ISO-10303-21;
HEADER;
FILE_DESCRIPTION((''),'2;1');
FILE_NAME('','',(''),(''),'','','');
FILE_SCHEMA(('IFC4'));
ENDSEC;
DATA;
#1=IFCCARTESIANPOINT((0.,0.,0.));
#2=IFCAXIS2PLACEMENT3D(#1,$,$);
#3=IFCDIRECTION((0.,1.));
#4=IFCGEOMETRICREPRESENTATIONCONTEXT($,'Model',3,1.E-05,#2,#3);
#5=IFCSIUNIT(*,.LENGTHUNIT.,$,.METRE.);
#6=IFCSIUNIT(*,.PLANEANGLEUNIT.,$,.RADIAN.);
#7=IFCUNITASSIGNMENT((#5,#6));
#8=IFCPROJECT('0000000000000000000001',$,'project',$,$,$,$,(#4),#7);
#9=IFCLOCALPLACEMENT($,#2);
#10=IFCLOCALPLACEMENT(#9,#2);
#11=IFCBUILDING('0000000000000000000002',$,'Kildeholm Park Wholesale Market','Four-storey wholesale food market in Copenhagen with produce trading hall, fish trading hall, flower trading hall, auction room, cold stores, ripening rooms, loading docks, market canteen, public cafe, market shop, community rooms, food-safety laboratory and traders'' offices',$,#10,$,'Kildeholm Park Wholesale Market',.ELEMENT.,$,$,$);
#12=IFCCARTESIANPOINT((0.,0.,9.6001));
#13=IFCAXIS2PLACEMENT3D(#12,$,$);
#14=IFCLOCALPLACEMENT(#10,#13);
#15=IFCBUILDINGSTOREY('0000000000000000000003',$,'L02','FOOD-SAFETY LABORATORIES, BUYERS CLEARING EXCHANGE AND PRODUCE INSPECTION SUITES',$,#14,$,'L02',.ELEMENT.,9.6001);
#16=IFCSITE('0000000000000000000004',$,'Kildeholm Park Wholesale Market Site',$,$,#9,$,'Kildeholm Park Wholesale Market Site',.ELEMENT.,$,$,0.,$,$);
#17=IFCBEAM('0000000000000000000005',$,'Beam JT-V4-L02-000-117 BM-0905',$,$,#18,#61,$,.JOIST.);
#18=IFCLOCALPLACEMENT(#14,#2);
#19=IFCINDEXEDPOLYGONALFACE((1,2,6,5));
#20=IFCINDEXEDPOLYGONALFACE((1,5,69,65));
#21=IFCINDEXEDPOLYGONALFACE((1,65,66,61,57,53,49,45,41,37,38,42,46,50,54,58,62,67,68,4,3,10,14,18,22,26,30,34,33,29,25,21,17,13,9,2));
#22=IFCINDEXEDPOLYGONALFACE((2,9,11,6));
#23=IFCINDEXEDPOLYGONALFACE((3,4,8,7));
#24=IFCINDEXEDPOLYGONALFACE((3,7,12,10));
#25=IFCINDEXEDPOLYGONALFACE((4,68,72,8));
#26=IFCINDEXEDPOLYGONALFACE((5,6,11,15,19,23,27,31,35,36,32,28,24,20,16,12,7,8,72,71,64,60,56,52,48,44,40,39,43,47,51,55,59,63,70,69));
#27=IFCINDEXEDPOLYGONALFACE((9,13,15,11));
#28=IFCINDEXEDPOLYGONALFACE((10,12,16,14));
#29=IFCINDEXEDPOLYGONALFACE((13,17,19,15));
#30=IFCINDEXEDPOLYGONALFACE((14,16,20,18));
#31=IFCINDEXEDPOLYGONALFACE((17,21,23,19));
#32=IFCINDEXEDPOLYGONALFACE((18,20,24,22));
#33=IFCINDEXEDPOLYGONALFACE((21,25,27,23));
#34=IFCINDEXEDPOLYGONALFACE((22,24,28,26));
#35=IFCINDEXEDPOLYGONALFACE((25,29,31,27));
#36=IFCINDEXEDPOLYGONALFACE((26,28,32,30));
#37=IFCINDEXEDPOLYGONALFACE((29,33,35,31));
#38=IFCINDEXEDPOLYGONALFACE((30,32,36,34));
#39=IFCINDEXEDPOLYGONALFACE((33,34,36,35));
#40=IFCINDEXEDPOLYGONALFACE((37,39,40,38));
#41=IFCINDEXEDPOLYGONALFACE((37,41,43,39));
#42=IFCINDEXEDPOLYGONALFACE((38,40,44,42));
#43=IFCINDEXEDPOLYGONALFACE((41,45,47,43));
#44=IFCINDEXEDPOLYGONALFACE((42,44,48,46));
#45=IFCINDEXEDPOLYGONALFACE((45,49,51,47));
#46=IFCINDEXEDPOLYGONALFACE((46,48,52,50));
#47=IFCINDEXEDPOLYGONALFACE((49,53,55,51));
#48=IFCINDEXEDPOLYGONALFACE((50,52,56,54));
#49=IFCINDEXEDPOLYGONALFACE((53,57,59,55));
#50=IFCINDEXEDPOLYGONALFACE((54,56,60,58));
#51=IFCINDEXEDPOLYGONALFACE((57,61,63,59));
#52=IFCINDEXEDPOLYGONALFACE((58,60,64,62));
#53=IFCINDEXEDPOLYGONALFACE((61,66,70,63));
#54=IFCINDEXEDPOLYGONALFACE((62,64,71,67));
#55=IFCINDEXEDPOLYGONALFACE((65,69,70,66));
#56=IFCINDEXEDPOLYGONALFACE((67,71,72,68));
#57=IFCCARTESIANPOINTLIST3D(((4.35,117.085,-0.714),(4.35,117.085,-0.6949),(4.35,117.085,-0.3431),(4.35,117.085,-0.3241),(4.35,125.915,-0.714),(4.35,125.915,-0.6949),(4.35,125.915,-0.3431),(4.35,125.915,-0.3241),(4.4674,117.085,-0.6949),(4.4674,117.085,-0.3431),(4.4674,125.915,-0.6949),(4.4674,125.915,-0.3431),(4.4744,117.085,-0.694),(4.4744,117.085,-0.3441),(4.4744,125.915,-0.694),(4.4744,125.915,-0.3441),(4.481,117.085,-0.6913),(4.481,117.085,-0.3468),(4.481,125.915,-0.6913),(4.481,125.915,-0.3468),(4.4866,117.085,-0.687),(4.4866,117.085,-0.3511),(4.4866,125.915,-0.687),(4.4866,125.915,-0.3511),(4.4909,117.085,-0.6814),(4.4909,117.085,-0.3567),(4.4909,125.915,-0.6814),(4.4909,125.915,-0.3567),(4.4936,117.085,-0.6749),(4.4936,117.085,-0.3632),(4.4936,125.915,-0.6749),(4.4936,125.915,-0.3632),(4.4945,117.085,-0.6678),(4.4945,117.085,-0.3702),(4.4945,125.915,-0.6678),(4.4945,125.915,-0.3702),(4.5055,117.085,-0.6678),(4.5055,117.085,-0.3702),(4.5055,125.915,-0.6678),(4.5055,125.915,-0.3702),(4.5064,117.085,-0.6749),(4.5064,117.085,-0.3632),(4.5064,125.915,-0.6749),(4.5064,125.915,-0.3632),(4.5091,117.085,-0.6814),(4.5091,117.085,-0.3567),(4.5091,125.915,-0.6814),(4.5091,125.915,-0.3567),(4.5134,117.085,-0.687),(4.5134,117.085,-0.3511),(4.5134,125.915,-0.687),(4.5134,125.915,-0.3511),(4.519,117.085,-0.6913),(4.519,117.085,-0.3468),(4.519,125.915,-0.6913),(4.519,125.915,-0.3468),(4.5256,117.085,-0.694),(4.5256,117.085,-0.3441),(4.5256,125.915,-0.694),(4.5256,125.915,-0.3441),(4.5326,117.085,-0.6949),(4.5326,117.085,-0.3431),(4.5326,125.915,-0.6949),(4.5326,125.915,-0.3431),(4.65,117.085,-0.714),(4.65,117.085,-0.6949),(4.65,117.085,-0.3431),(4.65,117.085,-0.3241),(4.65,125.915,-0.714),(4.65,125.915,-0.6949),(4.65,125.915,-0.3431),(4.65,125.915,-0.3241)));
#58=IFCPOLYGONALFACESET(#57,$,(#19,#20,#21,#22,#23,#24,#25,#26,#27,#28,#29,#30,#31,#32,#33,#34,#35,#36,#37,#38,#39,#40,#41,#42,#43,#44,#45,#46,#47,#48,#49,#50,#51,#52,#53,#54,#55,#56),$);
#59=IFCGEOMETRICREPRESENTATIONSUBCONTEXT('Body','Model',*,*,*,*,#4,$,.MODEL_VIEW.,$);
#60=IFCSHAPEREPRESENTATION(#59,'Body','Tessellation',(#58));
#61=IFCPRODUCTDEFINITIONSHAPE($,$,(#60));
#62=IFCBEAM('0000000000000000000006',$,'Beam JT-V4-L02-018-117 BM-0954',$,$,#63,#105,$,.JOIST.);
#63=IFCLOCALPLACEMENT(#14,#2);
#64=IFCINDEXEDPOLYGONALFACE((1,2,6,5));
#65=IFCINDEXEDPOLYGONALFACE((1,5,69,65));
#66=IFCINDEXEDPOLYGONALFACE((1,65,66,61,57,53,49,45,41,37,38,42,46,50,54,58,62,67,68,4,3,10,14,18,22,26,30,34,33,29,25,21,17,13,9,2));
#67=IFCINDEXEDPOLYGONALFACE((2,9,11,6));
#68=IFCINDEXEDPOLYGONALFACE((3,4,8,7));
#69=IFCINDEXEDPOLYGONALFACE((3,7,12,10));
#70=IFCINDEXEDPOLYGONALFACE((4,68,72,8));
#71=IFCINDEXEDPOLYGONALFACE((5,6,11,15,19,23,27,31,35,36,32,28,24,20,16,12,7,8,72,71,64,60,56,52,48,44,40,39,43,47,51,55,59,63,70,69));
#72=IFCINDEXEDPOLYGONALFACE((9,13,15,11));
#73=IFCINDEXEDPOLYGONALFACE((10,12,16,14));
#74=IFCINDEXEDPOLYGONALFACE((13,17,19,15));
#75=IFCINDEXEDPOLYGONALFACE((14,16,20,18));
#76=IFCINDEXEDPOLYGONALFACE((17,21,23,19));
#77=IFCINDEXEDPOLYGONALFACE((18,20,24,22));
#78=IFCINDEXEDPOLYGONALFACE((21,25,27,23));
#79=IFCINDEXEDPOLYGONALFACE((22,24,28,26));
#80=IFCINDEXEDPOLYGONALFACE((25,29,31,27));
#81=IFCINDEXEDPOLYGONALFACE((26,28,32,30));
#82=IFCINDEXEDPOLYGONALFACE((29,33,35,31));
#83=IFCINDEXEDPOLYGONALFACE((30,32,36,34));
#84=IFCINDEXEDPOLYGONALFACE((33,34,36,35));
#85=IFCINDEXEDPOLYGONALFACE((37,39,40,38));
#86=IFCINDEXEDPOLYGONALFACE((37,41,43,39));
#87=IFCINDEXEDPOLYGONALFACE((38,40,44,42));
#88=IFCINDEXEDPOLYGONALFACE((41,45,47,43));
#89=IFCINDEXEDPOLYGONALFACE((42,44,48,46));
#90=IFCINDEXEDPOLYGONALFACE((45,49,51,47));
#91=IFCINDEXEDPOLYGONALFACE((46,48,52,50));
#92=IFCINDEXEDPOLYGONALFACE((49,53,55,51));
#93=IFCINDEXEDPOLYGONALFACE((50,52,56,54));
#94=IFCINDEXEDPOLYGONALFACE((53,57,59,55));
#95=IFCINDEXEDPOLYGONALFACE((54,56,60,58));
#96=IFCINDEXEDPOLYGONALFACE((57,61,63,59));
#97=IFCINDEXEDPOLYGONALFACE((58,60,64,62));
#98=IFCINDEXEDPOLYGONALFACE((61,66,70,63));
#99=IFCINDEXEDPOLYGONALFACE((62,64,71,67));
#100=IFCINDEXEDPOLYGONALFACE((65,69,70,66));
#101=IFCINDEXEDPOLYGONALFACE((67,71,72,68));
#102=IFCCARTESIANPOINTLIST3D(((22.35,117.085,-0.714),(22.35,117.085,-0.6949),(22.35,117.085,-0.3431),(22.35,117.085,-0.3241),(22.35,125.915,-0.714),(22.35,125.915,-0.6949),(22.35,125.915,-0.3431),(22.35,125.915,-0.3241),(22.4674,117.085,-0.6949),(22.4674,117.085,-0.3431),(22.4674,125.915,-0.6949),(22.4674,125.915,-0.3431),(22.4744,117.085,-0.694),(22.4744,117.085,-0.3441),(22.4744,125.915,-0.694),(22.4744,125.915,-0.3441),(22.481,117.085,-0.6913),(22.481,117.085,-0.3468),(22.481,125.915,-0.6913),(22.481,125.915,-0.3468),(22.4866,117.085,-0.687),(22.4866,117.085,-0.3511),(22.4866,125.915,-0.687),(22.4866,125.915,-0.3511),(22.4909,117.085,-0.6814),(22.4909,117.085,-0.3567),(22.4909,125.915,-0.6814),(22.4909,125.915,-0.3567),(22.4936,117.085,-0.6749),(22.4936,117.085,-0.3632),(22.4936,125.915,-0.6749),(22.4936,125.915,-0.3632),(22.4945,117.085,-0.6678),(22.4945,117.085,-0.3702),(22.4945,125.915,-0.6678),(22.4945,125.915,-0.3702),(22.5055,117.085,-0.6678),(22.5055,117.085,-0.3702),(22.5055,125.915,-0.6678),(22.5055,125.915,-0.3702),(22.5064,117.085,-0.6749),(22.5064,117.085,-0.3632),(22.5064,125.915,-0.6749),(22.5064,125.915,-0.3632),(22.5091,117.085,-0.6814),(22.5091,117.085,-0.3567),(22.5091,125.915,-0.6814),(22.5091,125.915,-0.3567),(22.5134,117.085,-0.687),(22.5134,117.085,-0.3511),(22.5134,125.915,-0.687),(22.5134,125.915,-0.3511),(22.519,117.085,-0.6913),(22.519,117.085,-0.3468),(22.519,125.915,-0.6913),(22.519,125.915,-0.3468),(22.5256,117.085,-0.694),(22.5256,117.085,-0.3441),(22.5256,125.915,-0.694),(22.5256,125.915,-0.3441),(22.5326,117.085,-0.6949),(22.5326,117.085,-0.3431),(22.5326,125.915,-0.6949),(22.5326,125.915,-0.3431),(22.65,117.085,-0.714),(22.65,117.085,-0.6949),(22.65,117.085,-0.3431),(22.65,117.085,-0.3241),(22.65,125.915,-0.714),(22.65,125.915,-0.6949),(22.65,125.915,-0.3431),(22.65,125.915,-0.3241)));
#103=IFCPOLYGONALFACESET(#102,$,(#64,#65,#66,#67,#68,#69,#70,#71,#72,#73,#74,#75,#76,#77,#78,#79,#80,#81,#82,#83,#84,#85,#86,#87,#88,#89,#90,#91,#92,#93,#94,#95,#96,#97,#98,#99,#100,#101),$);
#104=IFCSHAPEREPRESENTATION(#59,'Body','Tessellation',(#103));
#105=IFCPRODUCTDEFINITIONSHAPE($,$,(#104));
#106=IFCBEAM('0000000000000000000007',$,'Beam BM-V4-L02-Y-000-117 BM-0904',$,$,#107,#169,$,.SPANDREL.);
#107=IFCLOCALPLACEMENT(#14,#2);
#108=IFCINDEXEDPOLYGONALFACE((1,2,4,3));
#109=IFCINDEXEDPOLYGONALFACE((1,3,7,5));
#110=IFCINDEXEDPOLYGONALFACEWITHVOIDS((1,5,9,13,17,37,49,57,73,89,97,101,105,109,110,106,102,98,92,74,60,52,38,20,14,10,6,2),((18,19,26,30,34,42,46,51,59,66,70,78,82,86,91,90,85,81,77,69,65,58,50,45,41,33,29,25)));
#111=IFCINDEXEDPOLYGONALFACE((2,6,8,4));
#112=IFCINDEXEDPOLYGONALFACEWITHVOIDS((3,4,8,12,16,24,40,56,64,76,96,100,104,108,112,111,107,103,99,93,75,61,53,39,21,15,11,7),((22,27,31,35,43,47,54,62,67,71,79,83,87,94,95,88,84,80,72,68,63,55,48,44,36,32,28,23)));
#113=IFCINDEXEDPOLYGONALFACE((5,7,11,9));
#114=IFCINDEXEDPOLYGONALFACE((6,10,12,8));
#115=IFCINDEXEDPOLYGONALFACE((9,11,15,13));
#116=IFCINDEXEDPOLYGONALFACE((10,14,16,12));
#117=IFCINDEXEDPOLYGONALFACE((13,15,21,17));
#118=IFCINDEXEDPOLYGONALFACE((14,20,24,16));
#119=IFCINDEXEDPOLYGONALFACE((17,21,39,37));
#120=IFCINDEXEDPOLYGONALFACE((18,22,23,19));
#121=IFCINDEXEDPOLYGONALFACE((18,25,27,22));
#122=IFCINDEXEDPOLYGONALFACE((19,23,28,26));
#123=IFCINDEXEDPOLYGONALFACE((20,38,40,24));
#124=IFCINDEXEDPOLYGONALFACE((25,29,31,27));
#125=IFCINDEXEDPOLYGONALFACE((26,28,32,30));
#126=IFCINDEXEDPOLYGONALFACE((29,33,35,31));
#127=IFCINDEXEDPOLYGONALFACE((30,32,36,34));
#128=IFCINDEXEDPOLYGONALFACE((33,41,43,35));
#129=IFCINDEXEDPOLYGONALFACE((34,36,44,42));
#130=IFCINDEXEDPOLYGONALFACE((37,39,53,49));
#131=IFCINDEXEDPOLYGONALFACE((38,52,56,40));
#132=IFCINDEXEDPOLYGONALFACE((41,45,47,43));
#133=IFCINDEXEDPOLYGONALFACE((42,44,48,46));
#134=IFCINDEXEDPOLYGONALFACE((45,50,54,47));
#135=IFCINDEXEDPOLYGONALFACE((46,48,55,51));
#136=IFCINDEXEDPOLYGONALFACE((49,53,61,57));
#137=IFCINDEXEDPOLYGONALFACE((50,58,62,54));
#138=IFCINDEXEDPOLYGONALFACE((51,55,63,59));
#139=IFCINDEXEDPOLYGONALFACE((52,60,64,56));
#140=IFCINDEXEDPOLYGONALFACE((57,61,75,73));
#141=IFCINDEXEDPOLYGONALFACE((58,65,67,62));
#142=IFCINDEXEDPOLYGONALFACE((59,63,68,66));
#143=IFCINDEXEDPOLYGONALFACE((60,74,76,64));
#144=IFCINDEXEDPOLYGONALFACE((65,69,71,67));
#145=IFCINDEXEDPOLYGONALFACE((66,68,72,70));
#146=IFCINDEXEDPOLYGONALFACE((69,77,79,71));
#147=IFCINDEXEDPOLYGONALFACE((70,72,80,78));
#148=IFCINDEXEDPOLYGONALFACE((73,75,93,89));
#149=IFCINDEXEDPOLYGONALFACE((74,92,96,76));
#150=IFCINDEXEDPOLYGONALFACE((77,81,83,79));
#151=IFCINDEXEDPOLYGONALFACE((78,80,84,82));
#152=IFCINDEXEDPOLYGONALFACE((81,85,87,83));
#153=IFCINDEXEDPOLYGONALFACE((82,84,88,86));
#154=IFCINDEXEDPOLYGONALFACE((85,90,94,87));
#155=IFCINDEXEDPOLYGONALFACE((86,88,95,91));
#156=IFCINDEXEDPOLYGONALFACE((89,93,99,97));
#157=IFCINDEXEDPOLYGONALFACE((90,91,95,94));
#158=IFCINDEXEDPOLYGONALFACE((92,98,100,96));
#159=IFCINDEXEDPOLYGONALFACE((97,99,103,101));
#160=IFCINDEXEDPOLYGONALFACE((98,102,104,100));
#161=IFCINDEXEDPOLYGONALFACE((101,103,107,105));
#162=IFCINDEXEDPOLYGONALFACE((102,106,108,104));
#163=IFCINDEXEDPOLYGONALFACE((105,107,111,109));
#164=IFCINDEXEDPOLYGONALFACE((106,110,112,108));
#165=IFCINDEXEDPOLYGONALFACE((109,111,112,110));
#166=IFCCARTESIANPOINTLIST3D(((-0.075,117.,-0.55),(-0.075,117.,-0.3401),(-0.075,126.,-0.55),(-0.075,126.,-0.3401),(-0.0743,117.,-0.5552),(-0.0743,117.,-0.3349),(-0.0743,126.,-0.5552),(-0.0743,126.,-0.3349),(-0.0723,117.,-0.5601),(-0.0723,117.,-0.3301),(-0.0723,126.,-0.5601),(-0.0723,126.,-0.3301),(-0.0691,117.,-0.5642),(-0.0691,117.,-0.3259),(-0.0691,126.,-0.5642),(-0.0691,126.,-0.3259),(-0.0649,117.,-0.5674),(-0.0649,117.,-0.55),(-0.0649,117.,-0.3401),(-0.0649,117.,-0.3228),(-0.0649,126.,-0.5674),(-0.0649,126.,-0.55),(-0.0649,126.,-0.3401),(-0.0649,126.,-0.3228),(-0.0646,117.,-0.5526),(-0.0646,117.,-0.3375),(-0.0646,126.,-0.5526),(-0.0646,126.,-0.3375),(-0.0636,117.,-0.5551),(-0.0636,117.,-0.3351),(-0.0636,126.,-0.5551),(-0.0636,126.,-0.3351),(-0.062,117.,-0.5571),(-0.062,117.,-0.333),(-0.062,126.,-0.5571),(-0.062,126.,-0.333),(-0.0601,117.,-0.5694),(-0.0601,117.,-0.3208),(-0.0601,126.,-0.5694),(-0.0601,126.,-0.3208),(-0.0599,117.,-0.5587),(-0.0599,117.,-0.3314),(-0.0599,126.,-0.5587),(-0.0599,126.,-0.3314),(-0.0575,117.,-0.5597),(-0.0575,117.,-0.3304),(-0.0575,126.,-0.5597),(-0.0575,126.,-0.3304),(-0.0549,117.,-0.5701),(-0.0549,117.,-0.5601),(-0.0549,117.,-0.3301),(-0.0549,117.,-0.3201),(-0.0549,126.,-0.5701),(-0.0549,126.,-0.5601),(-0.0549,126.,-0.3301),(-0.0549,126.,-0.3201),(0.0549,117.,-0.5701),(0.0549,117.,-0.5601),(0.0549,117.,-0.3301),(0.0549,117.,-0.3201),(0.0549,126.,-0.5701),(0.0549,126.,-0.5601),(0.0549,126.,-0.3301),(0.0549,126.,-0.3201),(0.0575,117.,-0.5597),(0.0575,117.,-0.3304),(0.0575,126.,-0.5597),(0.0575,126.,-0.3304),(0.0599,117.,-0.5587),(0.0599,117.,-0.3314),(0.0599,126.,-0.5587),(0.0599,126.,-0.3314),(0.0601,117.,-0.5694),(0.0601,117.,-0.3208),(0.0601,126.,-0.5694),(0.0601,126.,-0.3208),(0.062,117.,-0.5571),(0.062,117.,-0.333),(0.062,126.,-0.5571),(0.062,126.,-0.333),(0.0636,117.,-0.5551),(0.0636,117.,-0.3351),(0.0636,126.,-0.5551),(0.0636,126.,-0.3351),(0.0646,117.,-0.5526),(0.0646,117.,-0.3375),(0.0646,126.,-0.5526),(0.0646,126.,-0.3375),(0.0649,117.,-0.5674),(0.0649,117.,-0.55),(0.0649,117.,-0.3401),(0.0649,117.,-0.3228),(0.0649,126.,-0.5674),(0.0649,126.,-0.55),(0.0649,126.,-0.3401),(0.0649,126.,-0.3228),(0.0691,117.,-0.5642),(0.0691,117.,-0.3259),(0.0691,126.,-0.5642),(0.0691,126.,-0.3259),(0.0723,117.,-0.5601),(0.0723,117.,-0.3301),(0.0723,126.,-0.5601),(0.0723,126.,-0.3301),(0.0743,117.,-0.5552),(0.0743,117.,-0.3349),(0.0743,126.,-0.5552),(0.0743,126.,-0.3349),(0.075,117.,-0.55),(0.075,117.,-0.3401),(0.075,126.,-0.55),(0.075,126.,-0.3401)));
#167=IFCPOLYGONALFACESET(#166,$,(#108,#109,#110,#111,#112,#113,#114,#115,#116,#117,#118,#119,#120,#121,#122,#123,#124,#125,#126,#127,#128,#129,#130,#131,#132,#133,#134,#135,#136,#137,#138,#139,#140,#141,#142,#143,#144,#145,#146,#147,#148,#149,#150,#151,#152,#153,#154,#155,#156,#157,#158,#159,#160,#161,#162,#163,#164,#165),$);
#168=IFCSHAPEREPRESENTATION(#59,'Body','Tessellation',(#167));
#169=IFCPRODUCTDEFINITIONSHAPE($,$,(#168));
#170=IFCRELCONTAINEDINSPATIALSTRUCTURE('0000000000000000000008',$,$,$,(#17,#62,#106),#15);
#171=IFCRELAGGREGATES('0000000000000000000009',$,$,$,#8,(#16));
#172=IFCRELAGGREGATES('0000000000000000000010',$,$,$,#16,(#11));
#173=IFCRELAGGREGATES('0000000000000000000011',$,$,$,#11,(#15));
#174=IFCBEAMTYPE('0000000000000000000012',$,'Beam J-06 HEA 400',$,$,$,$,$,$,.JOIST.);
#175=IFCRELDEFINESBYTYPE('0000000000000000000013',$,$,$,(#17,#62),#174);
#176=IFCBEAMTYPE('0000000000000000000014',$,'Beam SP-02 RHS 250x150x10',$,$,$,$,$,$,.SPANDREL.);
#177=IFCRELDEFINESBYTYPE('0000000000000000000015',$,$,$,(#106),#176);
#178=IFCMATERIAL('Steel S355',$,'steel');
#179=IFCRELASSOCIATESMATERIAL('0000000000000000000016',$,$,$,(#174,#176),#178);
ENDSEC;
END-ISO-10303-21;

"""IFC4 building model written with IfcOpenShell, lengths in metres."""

from ifc_helpers import new_model, si_unit, direction, frame, origin, origin_2d, place, context, subcontext, project, spatial, hollow_rectangle, i_section, extrude, material, material_profile, profile_set, type_object, element, save


model = new_model("IFC4")

# Units and contexts
model_context = context("Model", 3, precision=1e-05, world=origin(), true_north=direction((0.0, 1.0)))
body_context = subcontext(model_context, "Body", "Model", "MODEL_VIEW")
ifc_project = project(units=[si_unit("LENGTHUNIT", "METRE"), si_unit("PLANEANGLEUNIT", "RADIAN")], contexts=[model_context])

# Site, building, storey
site_placement = place(None, origin())
site = spatial("IfcSite", under=ifc_project, at=site_placement, Name="Kildeholm Park Wholesale Market Site", LongName="Kildeholm Park Wholesale Market Site", CompositionType="ELEMENT", RefElevation=0.0)
building_placement = place(site_placement, origin())
building = spatial("IfcBuilding", under=site, at=building_placement, Name="Kildeholm Park Wholesale Market", Description="Four-storey wholesale food market in Copenhagen with produce trading hall, fish trading hall, flower trading hall, auction room, cold stores, ripening rooms, loading docks, market canteen, public cafe, market shop, community rooms, food-safety laboratory and traders' offices", LongName="Kildeholm Park Wholesale Market", CompositionType="ELEMENT")
storey_placement = place(building_placement, frame((0.0, 0.0, 9.6001)))
storey = spatial("IfcBuildingStorey", under=building, at=storey_placement, Name="L02", Description="FOOD-SAFETY LABORATORIES, BUYERS CLEARING EXCHANGE AND PRODUCE INSPECTION SUITES", LongName="L02", CompositionType="ELEMENT", Elevation=9.6001)

# Beams
ifc_material_1 = material(Name="Steel S355", Category="steel")
ifc_material_profile_1 = material_profile(ifc_material_1, i_section(OverallWidth=0.3, OverallDepth=0.3899, WebThickness=0.011, FlangeThickness=0.019, FilletRadius=0.0271, at=origin_2d()), Name="HEA 400")
ifc_profile_set_1 = profile_set([ifc_material_profile_1], Name="Steel S355")
beam_type_1 = type_object("IfcBeamType", Name="Beam J-06 HEA 400", PredefinedType="JOIST", material=ifc_profile_set_1)
for number, where, z_axis, x_axis, name in (
    (1, (4.5, 117.085, -0.519), (0.0, 1.0, 0.0), (-1.0, 0.0, 0.0), "Beam JT-V4-L02-000-117 BM-0905"),
    (2, (22.5, 117.085, -0.519), (0.0, 1.0, 0.0), (-1.0, 0.0, 0.0), "Beam JT-V4-L02-018-117 BM-0954"),
):
    element("IfcBeam", number, at=place(storey_placement, frame(where, z_axis=z_axis, x_axis=x_axis)), inside=storey, type_object=beam_type_1, Name=name, PredefinedType="JOIST", context=body_context, shape_type="SweptSolid", body=[
        extrude(i_section(OverallWidth=0.3, OverallDepth=0.3899, WebThickness=0.011, FlangeThickness=0.019, FilletRadius=0.0271, at=origin_2d()), origin(), (0.0, 0.0, 1.0), 8.8301),
    ])
ifc_material_profile_2 = material_profile(ifc_material_1, hollow_rectangle(XDim=0.1499, YDim=0.25, WallThickness=0.01, InnerFilletRadius=0.01, OuterFilletRadius=0.02, at=origin_2d()), Name="RHS 250x150x10")
ifc_profile_set_2 = profile_set([ifc_material_profile_2], Name="Steel S355")
beam_type_2 = type_object("IfcBeamType", Name="Beam SP-02 RHS 250x150x10", PredefinedType="SPANDREL", material=ifc_profile_set_2)
for number, where, z_axis, x_axis, name in (
    (3, (0.0, 117.0, -0.4451), (0.0, 1.0, 0.0), (-1.0, 0.0, 0.0), "Beam BM-V4-L02-Y-000-117 BM-0904"),
):
    element("IfcBeam", number, at=place(storey_placement, frame(where, z_axis=z_axis, x_axis=x_axis)), inside=storey, type_object=beam_type_2, Name=name, PredefinedType="SPANDREL", context=body_context, shape_type="SweptSolid", body=[
        extrude(hollow_rectangle(XDim=0.1499, YDim=0.25, WallThickness=0.01, InnerFilletRadius=0.01, OuterFilletRadius=0.02, at=origin_2d()), origin(), (0.0, 0.0, 1.0), 9.0),
    ])

save(model, "model.ifc")
